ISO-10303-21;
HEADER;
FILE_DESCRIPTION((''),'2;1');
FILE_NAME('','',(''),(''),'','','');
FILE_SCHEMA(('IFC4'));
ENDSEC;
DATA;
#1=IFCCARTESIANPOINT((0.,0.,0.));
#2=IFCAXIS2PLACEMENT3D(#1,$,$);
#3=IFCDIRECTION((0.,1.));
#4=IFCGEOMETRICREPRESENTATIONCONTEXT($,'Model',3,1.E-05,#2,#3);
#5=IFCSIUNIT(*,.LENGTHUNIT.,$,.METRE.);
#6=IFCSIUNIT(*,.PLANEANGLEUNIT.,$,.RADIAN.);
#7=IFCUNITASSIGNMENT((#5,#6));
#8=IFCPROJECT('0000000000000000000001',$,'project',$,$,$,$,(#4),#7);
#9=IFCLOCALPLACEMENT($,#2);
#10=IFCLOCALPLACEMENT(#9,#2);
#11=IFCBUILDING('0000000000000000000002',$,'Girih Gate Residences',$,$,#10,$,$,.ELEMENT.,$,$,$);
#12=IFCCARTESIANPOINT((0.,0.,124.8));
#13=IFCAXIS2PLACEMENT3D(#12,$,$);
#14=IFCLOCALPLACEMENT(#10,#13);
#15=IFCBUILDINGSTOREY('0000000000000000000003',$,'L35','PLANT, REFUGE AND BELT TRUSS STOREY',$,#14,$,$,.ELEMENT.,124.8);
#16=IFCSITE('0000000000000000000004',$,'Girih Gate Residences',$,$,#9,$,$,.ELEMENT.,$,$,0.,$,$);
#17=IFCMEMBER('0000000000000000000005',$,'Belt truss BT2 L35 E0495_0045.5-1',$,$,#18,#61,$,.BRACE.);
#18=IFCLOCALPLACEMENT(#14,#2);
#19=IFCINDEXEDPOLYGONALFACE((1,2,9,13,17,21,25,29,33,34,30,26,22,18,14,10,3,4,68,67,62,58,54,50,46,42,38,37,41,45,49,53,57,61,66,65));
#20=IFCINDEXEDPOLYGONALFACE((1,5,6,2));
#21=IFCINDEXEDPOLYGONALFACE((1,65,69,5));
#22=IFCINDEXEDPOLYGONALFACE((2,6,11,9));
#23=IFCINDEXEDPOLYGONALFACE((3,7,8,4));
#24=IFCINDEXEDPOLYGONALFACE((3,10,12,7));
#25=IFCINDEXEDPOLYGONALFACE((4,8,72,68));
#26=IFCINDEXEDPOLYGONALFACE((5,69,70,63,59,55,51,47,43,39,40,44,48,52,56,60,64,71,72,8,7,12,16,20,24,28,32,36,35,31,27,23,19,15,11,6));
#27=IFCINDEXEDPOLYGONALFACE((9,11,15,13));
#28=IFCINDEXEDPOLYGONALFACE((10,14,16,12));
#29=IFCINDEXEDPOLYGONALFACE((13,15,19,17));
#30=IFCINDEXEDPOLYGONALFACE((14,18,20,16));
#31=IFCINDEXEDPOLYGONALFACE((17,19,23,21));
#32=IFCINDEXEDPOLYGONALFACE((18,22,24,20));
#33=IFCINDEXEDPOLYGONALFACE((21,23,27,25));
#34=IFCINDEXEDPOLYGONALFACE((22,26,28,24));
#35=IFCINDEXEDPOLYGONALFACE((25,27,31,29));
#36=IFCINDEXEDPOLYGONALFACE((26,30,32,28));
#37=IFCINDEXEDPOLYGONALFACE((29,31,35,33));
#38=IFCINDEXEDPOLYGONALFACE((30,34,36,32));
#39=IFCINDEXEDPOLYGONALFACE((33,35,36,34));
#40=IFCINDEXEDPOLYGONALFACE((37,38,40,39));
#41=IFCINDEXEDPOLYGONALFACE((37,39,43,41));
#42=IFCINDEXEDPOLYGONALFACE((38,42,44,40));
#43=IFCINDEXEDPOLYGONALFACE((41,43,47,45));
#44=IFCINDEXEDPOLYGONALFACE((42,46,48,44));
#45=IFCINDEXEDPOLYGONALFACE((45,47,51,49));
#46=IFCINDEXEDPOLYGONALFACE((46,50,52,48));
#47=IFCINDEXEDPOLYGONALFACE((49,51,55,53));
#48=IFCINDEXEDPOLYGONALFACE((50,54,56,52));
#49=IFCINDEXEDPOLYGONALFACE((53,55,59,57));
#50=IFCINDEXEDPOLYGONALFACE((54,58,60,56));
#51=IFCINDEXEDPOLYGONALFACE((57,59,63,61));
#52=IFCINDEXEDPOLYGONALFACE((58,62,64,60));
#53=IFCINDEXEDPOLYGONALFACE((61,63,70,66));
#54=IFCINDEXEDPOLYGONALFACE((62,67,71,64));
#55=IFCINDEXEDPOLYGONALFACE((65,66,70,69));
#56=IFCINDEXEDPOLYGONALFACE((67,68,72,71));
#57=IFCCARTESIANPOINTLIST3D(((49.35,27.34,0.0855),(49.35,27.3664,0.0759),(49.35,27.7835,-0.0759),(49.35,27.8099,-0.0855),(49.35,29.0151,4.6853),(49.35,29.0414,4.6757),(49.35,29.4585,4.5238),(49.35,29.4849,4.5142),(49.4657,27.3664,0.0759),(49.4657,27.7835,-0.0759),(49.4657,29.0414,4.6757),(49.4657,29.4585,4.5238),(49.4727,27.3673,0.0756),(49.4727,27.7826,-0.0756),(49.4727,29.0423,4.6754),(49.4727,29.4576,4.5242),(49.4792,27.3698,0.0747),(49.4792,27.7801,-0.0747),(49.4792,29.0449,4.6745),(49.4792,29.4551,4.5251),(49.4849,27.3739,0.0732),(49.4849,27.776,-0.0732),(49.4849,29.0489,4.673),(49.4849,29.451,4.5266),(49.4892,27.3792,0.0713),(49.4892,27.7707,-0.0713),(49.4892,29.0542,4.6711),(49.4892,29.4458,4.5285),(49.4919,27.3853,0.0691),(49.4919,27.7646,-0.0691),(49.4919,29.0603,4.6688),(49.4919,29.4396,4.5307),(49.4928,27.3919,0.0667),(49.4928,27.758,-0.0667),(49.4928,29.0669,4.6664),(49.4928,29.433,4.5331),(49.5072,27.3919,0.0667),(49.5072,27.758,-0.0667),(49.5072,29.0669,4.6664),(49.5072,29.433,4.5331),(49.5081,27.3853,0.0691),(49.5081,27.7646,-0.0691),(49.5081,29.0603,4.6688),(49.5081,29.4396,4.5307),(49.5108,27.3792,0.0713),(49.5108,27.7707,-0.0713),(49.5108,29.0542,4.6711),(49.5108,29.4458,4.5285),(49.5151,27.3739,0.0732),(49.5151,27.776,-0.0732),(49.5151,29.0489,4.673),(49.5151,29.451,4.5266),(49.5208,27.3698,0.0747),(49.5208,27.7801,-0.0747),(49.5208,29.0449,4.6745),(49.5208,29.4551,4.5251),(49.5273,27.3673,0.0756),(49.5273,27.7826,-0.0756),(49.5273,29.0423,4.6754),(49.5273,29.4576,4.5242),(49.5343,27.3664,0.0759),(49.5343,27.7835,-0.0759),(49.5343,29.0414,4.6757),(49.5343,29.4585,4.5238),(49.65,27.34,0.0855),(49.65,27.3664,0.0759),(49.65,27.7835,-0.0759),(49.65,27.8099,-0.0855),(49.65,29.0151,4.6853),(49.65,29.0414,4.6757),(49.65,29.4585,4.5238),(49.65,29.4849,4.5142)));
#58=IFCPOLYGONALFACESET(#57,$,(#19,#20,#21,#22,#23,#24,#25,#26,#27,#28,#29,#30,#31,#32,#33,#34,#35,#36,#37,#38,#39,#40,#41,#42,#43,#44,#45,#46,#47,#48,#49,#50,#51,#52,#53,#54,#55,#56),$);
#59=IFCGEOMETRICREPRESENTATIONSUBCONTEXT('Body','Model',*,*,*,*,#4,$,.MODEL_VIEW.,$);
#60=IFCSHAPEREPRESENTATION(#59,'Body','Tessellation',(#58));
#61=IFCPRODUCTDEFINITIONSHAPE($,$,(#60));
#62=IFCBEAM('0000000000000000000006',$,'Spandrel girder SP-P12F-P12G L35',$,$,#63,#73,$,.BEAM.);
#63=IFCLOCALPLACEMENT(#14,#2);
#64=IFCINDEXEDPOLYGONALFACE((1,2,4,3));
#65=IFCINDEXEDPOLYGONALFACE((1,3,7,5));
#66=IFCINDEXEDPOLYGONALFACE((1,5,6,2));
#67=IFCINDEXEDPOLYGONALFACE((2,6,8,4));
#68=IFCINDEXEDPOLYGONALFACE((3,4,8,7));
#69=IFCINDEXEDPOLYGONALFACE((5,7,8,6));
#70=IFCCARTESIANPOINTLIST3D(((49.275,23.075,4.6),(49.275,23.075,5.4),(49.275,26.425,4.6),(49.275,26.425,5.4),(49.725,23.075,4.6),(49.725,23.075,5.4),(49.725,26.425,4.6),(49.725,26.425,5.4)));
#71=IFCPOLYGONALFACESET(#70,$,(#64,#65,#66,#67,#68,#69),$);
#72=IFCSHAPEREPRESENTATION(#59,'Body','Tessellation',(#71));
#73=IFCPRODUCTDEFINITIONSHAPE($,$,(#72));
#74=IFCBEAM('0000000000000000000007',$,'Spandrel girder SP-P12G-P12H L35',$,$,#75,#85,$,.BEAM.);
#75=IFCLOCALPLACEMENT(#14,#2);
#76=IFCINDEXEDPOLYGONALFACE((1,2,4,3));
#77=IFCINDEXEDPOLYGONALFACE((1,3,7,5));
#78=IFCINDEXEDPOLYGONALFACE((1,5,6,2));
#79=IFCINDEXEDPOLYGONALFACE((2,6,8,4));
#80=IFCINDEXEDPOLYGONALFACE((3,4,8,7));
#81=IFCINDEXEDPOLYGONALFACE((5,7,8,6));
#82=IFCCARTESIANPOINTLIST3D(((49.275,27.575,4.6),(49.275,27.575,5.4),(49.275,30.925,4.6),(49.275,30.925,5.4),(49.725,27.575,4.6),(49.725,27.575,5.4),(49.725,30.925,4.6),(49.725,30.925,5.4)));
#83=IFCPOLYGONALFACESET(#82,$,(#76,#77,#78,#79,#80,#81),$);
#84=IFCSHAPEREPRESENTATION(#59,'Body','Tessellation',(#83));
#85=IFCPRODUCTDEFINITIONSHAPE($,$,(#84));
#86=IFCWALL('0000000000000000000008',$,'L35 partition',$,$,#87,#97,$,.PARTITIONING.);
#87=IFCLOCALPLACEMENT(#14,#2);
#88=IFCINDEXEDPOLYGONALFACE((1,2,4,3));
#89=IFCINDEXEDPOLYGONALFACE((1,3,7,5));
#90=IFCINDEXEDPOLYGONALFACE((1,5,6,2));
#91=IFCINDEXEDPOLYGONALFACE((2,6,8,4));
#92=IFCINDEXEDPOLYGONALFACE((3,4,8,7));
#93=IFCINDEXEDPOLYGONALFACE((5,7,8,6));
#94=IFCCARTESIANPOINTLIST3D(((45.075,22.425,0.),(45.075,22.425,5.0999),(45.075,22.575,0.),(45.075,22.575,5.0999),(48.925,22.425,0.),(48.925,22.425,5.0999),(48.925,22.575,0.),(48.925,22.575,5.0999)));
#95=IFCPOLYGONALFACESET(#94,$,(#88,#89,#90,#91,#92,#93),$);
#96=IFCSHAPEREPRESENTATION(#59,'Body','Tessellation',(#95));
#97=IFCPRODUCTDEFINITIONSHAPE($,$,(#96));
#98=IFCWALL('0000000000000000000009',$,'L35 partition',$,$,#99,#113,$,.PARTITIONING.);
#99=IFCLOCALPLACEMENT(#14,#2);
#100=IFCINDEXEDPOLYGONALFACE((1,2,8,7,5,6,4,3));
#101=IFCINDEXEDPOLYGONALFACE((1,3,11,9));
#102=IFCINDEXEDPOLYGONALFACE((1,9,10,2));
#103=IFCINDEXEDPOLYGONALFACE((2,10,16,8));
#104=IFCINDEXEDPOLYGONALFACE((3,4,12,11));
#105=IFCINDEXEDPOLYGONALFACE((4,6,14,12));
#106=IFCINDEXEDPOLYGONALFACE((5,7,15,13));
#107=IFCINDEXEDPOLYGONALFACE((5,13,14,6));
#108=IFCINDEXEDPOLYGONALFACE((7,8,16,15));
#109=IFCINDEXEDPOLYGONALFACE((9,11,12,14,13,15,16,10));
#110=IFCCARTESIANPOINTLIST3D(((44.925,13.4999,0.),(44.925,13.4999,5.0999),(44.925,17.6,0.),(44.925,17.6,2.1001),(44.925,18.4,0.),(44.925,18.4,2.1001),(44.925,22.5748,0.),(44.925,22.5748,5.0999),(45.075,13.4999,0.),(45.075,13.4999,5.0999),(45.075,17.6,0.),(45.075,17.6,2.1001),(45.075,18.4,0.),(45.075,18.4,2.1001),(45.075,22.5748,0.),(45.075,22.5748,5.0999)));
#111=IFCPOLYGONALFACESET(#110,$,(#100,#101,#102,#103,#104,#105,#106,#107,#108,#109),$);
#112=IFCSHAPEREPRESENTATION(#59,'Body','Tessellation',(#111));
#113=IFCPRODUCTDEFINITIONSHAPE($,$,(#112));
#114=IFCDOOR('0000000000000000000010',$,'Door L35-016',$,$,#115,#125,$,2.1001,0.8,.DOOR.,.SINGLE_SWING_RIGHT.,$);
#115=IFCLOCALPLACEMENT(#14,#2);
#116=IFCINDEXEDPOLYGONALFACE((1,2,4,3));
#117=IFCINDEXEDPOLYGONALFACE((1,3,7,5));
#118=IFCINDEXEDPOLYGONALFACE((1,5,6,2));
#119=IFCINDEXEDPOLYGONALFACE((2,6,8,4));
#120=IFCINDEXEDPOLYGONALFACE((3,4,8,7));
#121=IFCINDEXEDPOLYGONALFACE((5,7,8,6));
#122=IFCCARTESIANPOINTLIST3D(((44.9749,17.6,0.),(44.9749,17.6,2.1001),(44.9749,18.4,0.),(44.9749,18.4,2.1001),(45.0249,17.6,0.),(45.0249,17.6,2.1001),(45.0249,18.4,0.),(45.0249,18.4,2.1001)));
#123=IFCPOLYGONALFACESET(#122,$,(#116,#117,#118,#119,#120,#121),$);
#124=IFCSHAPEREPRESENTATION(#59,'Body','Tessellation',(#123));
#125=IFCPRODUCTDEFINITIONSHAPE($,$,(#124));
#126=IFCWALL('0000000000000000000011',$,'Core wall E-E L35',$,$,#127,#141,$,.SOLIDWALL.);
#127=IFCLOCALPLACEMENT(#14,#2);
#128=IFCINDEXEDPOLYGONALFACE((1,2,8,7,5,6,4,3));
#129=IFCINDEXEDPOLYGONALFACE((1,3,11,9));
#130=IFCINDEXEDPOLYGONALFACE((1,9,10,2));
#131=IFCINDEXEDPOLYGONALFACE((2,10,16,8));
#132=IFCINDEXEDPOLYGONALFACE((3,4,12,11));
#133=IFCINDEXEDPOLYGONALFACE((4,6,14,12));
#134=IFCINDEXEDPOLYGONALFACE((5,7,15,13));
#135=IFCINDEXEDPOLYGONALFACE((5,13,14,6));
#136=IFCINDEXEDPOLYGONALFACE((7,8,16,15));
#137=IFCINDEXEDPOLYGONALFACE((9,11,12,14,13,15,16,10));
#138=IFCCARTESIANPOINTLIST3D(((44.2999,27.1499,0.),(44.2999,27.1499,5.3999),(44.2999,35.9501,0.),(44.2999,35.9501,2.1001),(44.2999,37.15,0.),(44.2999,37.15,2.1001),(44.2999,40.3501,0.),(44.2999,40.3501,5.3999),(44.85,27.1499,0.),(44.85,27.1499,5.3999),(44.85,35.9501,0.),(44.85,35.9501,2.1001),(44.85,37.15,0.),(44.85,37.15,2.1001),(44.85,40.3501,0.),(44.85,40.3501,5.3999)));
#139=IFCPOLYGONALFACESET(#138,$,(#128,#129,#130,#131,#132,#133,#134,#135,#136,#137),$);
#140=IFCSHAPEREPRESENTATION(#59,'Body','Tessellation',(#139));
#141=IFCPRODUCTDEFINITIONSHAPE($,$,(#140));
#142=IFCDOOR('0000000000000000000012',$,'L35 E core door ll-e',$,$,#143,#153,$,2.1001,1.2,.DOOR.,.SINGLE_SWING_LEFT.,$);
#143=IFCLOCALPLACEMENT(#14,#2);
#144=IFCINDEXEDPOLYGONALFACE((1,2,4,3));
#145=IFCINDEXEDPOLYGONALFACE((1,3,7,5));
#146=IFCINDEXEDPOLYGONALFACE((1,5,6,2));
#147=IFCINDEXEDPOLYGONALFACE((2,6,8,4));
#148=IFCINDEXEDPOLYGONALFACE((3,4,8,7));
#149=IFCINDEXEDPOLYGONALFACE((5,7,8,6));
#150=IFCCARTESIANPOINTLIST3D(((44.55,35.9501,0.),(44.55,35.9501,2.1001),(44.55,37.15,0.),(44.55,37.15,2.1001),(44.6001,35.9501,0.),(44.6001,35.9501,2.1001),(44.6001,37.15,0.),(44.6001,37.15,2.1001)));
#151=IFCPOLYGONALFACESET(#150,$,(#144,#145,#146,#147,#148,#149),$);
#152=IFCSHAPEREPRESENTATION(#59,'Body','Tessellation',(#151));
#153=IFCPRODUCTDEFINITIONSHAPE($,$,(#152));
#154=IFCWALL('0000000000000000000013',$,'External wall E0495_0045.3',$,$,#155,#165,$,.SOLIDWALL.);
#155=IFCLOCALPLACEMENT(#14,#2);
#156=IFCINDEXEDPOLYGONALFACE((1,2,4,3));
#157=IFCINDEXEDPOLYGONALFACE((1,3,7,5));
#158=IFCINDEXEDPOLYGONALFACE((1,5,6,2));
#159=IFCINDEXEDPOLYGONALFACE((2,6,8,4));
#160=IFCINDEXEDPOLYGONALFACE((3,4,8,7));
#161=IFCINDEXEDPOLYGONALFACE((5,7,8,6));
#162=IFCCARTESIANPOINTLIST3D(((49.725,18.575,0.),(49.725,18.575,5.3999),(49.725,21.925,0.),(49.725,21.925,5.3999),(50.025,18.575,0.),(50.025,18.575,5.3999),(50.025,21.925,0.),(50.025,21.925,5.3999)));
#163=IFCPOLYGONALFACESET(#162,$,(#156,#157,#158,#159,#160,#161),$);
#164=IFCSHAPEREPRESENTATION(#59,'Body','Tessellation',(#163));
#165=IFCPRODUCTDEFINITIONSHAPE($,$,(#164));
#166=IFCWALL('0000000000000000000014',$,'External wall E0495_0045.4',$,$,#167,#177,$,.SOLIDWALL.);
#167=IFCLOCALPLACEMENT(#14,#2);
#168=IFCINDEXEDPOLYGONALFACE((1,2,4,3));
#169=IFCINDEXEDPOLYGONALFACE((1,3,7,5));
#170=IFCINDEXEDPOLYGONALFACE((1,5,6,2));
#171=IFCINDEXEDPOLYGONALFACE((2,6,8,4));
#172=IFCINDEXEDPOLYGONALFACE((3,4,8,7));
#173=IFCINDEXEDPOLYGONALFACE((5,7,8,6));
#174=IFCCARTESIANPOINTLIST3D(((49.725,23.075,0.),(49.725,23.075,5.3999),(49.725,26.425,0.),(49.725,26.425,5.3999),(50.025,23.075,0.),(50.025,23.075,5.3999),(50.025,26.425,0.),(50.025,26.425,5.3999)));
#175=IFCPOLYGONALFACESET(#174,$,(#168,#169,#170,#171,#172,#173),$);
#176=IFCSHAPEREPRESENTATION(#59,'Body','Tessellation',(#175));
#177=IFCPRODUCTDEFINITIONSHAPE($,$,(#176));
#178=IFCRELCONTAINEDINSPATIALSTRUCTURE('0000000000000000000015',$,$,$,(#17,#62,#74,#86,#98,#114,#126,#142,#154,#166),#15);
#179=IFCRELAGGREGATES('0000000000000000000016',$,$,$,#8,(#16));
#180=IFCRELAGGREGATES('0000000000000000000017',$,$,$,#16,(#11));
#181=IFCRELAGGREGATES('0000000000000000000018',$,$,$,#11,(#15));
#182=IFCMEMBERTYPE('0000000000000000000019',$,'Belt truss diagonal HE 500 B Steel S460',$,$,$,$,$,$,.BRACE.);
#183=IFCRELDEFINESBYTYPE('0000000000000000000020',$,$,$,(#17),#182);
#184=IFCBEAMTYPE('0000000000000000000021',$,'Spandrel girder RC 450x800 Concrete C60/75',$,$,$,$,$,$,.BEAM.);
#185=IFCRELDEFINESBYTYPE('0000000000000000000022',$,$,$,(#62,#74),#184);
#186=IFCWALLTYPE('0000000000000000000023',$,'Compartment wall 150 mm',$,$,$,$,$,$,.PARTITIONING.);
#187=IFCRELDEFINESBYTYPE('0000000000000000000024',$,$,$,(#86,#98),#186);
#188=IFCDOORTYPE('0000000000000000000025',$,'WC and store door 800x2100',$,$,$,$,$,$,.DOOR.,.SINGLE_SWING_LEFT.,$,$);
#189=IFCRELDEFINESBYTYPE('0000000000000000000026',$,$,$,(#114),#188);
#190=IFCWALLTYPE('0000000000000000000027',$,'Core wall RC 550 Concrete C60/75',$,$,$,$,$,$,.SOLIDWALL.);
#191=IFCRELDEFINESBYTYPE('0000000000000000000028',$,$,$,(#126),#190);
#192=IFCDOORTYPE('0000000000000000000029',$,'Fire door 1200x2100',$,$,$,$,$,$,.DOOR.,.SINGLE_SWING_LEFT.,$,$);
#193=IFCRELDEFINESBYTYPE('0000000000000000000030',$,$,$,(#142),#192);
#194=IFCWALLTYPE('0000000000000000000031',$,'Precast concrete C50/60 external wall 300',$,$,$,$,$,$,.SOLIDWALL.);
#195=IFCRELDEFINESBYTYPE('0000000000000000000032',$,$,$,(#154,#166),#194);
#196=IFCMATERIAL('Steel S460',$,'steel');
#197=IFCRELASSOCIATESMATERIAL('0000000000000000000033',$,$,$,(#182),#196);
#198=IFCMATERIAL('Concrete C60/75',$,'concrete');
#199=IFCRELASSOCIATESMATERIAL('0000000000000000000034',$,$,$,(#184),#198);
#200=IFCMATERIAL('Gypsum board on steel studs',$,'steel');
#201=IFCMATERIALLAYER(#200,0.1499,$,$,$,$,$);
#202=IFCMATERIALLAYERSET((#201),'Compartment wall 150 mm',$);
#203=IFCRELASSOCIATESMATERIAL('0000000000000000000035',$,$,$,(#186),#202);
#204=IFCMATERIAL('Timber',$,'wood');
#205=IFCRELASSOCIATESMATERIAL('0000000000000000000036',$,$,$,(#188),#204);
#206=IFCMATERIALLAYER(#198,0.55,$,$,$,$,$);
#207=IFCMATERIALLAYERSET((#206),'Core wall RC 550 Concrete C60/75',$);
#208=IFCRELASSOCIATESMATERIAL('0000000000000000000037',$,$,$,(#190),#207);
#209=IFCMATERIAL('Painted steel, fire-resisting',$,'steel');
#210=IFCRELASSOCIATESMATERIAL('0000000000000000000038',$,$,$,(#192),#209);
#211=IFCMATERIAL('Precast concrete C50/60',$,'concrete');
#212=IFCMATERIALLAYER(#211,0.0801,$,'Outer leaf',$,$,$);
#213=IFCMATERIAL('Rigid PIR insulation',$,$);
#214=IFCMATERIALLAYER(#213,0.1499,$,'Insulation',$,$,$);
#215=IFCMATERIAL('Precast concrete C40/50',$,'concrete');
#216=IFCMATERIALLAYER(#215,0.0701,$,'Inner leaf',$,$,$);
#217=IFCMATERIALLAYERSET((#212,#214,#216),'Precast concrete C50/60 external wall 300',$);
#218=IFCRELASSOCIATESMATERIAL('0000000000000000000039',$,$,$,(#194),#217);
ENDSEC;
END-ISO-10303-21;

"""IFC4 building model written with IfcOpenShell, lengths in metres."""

from ifc_helpers import new_model, si_unit, direction, frame, frame_2d, origin, origin_2d, place, context, subcontext, project, spatial, rectangle, i_section, extrude, material, layer, layer_set, material_profile, profile_set, type_object, element, fill, save


model = new_model("IFC4")

# Units and contexts
model_context = context("Model", 3, precision=1e-05, world=origin(), true_north=direction((0.0, 1.0)))
body_context = subcontext(model_context, "Body", "Model", "MODEL_VIEW")
ifc_project = project(units=[si_unit("LENGTHUNIT", "METRE"), si_unit("PLANEANGLEUNIT", "RADIAN")], contexts=[model_context])

# Site, building, storey
site_placement = place(None, origin())
site = spatial("IfcSite", under=ifc_project, at=site_placement, Name="Girih Gate Residences", CompositionType="ELEMENT", RefElevation=0.0)
building_placement = place(site_placement, origin())
building = spatial("IfcBuilding", under=site, at=building_placement, Name="Girih Gate Residences", CompositionType="ELEMENT")
storey_placement = place(building_placement, frame((0.0, 0.0, 124.8)))
storey = spatial("IfcBuildingStorey", under=building, at=storey_placement, Name="L35", Description="PLANT, REFUGE AND BELT TRUSS STOREY", CompositionType="ELEMENT", Elevation=124.8)

# Member
ifc_material_1 = material(Name="Steel S460", Category="steel")
ifc_material_profile_1 = material_profile(ifc_material_1, i_section(OverallWidth=0.3, OverallDepth=0.5, WebThickness=0.0144, FlangeThickness=0.0281, FilletRadius=0.0271, at=origin_2d()))
ifc_profile_set_1 = profile_set([ifc_material_profile_1], Name="Steel S460")
member_type = type_object("IfcMemberType", Name="Belt truss diagonal HE 500 B Steel S460", PredefinedType="BRACE", material=ifc_profile_set_1)
for number, where, z_axis, x_axis, name in (
    (1, (49.5, 27.575, 0.0), (0.0, 0.342171, 0.939638), (-1.0, 0.0, 0.0), "Belt truss BT2 L35 E0495_0045.5-1"),
):
    element("IfcMember", number, at=place(storey_placement, frame(where, z_axis=z_axis, x_axis=x_axis)), inside=storey, type_object=member_type, Name=name, PredefinedType="BRACE", context=body_context, shape_type="SweptSolid", body=[
        extrude(i_section(OverallWidth=0.3, OverallDepth=0.5, WebThickness=0.0144, FlangeThickness=0.0281, FilletRadius=0.0271, at=origin_2d()), origin(), (0.0, 0.0, 1.0), 4.8953),
    ])

# Beams
ifc_material_2 = material(Name="Concrete C60/75", Category="concrete")
ifc_material_profile_2 = material_profile(ifc_material_2, rectangle(XDim=0.45, YDim=0.8, at=origin_2d()))
ifc_profile_set_2 = profile_set([ifc_material_profile_2], Name="Concrete C60/75")
beam_type = type_object("IfcBeamType", Name="Spandrel girder RC 450x800 Concrete C60/75", PredefinedType="BEAM", material=ifc_profile_set_2)
for number, where, z_axis, x_axis, name in (
    (2, (49.5, 23.075, 5.0), (0.0, 1.0, 0.0), (-1.0, 0.0, 0.0), "Spandrel girder SP-P12F-P12G L35"),
    (3, (49.5, 27.575, 5.0), (0.0, 1.0, 0.0), (-1.0, 0.0, 0.0), "Spandrel girder SP-P12G-P12H L35"),
):
    element("IfcBeam", number, at=place(storey_placement, frame(where, z_axis=z_axis, x_axis=x_axis)), inside=storey, type_object=beam_type, Name=name, PredefinedType="BEAM", context=body_context, shape_type="SweptSolid", body=[
        extrude(rectangle(XDim=0.45, YDim=0.8, at=origin_2d()), origin(), (0.0, 0.0, 1.0), 3.3501),
    ])

# Wall
ifc_material_3 = material(Name="Gypsum board on steel studs", Category="steel")
ifc_layer_1 = layer(ifc_material_3, 0.1499)
ifc_layer_set_1 = layer_set([ifc_layer_1], Name="Compartment wall 150 mm")
wall_type_1 = type_object("IfcWallType", Name="Compartment wall 150 mm", PredefinedType="PARTITIONING", material=ifc_layer_set_1)
wall_1_placement = place(storey_placement, frame((45.075, 22.5, 0.0), z_axis=(0.0, 0.0, 1.0), x_axis=(1.0, 0.0, 0.0)))
element("IfcWall", 4, at=wall_1_placement, inside=storey, type_object=wall_type_1, Name="L35 partition", PredefinedType="PARTITIONING", context=body_context, shape_type="SweptSolid", body=[
    extrude(rectangle(XDim=3.8501, YDim=0.1499, at=frame_2d((1.925, 0.0))), origin(), (0.0, 0.0, 1.0), 5.0999),
])

# Walls, openings, doors
wall_2_placement = place(storey_placement, frame((45.0, 22.575, 0.0), z_axis=(0.0, 0.0, 1.0), x_axis=(0.0, -1.0, 0.0)))
wall_2 = element("IfcWall", 5, at=wall_2_placement, inside=storey, type_object=wall_type_1, Name="L35 partition", PredefinedType="PARTITIONING", context=body_context, shape_type="SweptSolid", body=[
    extrude(rectangle(XDim=9.075, YDim=0.1499, at=frame_2d((4.5376, 0.0))), origin(), (0.0, 0.0, 1.0), 5.0999),
])
opening_1_placement = place(wall_2_placement, frame((4.175, 0.0, 0.0)))
opening_1 = element("IfcOpeningElement", 6, at=opening_1_placement, cuts=wall_2, PredefinedType="OPENING", context=body_context, shape_type="SweptSolid", body=[
    extrude(rectangle(XDim=0.8, YDim=2.1001, at=frame_2d((0.3999, 1.05))), frame((0.0, 0.085, 0.0), z_axis=(0.0, -1.0, 0.0), x_axis=(1.0, 0.0, 0.0)), (0.0, 0.0, 1.0), 0.1699),
])
ifc_material_4 = material(Name="Timber", Category="wood")
door_type_1 = type_object("IfcDoorType", Name="WC and store door 800x2100", OperationType="SINGLE_SWING_LEFT", PredefinedType="DOOR", material=ifc_material_4)
door_1_placement = place(opening_1_placement, origin())
door_1 = element("IfcDoor", 7, at=door_1_placement, inside=storey, type_object=door_type_1, Name="Door L35-016", OperationType="SINGLE_SWING_RIGHT", OverallHeight=2.1001, OverallWidth=0.8, PredefinedType="DOOR", context=body_context, shape_type="SweptSolid", body=[
    extrude(rectangle(XDim=0.8, YDim=2.1001, at=frame_2d((0.3999, 1.05))), frame((0.0, 0.0249, 0.0), z_axis=(0.0, -1.0, 0.0), x_axis=(1.0, 0.0, 0.0)), (0.0, 0.0, 1.0), 0.05),
])
fill(opening_1, door_1)
ifc_layer_2 = layer(ifc_material_2, 0.55)
ifc_layer_set_2 = layer_set([ifc_layer_2], Name="Core wall RC 550 Concrete C60/75")
wall_type_2 = type_object("IfcWallType", Name="Core wall RC 550 Concrete C60/75", PredefinedType="SOLIDWALL", material=ifc_layer_set_2)
wall_3_placement = place(storey_placement, frame((44.575, 27.1499, 0.0), z_axis=(0.0, 0.0, 1.0), x_axis=(0.0, 1.0, 0.0)))
wall_3 = element("IfcWall", 8, at=wall_3_placement, inside=storey, type_object=wall_type_2, Name="Core wall E-E L35", PredefinedType="SOLIDWALL", context=body_context, shape_type="SweptSolid", body=[
    extrude(rectangle(XDim=13.2002, YDim=0.55, at=frame_2d((6.6001, 0.0))), origin(), (0.0, 0.0, 1.0), 5.3999),
])
opening_2_placement = place(wall_3_placement, frame((8.8, 0.0, 0.0)))
opening_2 = element("IfcOpeningElement", 9, at=opening_2_placement, cuts=wall_3, PredefinedType="OPENING", context=body_context, shape_type="SweptSolid", body=[
    extrude(rectangle(XDim=1.2, YDim=2.1001, at=frame_2d((0.6001, 1.05))), frame((0.0, 0.2849, 0.0), z_axis=(0.0, -1.0, 0.0), x_axis=(1.0, 0.0, 0.0)), (0.0, 0.0, 1.0), 0.5701),
])
ifc_material_5 = material(Name="Painted steel, fire-resisting", Category="steel")
door_type_2 = type_object("IfcDoorType", Name="Fire door 1200x2100", OperationType="SINGLE_SWING_LEFT", PredefinedType="DOOR", material=ifc_material_5)
door_2_placement = place(opening_2_placement, origin())
door_2 = element("IfcDoor", 10, at=door_2_placement, inside=storey, type_object=door_type_2, Name="L35 E core door ll-e", OperationType="SINGLE_SWING_LEFT", OverallHeight=2.1001, OverallWidth=1.2, PredefinedType="DOOR", context=body_context, shape_type="SweptSolid", body=[
    extrude(rectangle(XDim=1.2, YDim=2.1001, at=frame_2d((0.6001, 1.05))), frame((0.0, 0.0249, 0.0), z_axis=(0.0, -1.0, 0.0), x_axis=(1.0, 0.0, 0.0)), (0.0, 0.0, 1.0), 0.05),
])
fill(opening_2, door_2)

# Walls
ifc_material_6 = material(Name="Precast concrete C50/60", Category="concrete")
ifc_layer_3 = layer(ifc_material_6, 0.0801, Name="Outer leaf")
ifc_material_7 = material(Name="Rigid PIR insulation")
ifc_layer_4 = layer(ifc_material_7, 0.1499, Name="Insulation")
ifc_material_8 = material(Name="Precast concrete C40/50", Category="concrete")
ifc_layer_5 = layer(ifc_material_8, 0.0701, Name="Inner leaf")
ifc_layer_set_3 = layer_set([ifc_layer_3, ifc_layer_4, ifc_layer_5], Name="Precast concrete C50/60 external wall 300")
wall_type_3 = type_object("IfcWallType", Name="Precast concrete C50/60 external wall 300", PredefinedType="SOLIDWALL", material=ifc_layer_set_3)
for number, where, z_axis, x_axis, name in (
    (11, (49.875, 21.925, 0.0), (0.0, 0.0, 1.0), (0.0, -1.0, 0.0), "External wall E0495_0045.3"),
    (12, (49.875, 26.425, 0.0), (0.0, 0.0, 1.0), (0.0, -1.0, 0.0), "External wall E0495_0045.4"),
):
    element("IfcWall", number, at=place(storey_placement, frame(where, z_axis=z_axis, x_axis=x_axis)), inside=storey, type_object=wall_type_3, Name=name, PredefinedType="SOLIDWALL", context=body_context, shape_type="SweptSolid", body=[
        extrude(rectangle(XDim=3.3501, YDim=0.3, at=frame_2d((1.675, 0.0))), origin(), (0.0, 0.0, 1.0), 5.3999),
    ])

save(model, "model.ifc")
